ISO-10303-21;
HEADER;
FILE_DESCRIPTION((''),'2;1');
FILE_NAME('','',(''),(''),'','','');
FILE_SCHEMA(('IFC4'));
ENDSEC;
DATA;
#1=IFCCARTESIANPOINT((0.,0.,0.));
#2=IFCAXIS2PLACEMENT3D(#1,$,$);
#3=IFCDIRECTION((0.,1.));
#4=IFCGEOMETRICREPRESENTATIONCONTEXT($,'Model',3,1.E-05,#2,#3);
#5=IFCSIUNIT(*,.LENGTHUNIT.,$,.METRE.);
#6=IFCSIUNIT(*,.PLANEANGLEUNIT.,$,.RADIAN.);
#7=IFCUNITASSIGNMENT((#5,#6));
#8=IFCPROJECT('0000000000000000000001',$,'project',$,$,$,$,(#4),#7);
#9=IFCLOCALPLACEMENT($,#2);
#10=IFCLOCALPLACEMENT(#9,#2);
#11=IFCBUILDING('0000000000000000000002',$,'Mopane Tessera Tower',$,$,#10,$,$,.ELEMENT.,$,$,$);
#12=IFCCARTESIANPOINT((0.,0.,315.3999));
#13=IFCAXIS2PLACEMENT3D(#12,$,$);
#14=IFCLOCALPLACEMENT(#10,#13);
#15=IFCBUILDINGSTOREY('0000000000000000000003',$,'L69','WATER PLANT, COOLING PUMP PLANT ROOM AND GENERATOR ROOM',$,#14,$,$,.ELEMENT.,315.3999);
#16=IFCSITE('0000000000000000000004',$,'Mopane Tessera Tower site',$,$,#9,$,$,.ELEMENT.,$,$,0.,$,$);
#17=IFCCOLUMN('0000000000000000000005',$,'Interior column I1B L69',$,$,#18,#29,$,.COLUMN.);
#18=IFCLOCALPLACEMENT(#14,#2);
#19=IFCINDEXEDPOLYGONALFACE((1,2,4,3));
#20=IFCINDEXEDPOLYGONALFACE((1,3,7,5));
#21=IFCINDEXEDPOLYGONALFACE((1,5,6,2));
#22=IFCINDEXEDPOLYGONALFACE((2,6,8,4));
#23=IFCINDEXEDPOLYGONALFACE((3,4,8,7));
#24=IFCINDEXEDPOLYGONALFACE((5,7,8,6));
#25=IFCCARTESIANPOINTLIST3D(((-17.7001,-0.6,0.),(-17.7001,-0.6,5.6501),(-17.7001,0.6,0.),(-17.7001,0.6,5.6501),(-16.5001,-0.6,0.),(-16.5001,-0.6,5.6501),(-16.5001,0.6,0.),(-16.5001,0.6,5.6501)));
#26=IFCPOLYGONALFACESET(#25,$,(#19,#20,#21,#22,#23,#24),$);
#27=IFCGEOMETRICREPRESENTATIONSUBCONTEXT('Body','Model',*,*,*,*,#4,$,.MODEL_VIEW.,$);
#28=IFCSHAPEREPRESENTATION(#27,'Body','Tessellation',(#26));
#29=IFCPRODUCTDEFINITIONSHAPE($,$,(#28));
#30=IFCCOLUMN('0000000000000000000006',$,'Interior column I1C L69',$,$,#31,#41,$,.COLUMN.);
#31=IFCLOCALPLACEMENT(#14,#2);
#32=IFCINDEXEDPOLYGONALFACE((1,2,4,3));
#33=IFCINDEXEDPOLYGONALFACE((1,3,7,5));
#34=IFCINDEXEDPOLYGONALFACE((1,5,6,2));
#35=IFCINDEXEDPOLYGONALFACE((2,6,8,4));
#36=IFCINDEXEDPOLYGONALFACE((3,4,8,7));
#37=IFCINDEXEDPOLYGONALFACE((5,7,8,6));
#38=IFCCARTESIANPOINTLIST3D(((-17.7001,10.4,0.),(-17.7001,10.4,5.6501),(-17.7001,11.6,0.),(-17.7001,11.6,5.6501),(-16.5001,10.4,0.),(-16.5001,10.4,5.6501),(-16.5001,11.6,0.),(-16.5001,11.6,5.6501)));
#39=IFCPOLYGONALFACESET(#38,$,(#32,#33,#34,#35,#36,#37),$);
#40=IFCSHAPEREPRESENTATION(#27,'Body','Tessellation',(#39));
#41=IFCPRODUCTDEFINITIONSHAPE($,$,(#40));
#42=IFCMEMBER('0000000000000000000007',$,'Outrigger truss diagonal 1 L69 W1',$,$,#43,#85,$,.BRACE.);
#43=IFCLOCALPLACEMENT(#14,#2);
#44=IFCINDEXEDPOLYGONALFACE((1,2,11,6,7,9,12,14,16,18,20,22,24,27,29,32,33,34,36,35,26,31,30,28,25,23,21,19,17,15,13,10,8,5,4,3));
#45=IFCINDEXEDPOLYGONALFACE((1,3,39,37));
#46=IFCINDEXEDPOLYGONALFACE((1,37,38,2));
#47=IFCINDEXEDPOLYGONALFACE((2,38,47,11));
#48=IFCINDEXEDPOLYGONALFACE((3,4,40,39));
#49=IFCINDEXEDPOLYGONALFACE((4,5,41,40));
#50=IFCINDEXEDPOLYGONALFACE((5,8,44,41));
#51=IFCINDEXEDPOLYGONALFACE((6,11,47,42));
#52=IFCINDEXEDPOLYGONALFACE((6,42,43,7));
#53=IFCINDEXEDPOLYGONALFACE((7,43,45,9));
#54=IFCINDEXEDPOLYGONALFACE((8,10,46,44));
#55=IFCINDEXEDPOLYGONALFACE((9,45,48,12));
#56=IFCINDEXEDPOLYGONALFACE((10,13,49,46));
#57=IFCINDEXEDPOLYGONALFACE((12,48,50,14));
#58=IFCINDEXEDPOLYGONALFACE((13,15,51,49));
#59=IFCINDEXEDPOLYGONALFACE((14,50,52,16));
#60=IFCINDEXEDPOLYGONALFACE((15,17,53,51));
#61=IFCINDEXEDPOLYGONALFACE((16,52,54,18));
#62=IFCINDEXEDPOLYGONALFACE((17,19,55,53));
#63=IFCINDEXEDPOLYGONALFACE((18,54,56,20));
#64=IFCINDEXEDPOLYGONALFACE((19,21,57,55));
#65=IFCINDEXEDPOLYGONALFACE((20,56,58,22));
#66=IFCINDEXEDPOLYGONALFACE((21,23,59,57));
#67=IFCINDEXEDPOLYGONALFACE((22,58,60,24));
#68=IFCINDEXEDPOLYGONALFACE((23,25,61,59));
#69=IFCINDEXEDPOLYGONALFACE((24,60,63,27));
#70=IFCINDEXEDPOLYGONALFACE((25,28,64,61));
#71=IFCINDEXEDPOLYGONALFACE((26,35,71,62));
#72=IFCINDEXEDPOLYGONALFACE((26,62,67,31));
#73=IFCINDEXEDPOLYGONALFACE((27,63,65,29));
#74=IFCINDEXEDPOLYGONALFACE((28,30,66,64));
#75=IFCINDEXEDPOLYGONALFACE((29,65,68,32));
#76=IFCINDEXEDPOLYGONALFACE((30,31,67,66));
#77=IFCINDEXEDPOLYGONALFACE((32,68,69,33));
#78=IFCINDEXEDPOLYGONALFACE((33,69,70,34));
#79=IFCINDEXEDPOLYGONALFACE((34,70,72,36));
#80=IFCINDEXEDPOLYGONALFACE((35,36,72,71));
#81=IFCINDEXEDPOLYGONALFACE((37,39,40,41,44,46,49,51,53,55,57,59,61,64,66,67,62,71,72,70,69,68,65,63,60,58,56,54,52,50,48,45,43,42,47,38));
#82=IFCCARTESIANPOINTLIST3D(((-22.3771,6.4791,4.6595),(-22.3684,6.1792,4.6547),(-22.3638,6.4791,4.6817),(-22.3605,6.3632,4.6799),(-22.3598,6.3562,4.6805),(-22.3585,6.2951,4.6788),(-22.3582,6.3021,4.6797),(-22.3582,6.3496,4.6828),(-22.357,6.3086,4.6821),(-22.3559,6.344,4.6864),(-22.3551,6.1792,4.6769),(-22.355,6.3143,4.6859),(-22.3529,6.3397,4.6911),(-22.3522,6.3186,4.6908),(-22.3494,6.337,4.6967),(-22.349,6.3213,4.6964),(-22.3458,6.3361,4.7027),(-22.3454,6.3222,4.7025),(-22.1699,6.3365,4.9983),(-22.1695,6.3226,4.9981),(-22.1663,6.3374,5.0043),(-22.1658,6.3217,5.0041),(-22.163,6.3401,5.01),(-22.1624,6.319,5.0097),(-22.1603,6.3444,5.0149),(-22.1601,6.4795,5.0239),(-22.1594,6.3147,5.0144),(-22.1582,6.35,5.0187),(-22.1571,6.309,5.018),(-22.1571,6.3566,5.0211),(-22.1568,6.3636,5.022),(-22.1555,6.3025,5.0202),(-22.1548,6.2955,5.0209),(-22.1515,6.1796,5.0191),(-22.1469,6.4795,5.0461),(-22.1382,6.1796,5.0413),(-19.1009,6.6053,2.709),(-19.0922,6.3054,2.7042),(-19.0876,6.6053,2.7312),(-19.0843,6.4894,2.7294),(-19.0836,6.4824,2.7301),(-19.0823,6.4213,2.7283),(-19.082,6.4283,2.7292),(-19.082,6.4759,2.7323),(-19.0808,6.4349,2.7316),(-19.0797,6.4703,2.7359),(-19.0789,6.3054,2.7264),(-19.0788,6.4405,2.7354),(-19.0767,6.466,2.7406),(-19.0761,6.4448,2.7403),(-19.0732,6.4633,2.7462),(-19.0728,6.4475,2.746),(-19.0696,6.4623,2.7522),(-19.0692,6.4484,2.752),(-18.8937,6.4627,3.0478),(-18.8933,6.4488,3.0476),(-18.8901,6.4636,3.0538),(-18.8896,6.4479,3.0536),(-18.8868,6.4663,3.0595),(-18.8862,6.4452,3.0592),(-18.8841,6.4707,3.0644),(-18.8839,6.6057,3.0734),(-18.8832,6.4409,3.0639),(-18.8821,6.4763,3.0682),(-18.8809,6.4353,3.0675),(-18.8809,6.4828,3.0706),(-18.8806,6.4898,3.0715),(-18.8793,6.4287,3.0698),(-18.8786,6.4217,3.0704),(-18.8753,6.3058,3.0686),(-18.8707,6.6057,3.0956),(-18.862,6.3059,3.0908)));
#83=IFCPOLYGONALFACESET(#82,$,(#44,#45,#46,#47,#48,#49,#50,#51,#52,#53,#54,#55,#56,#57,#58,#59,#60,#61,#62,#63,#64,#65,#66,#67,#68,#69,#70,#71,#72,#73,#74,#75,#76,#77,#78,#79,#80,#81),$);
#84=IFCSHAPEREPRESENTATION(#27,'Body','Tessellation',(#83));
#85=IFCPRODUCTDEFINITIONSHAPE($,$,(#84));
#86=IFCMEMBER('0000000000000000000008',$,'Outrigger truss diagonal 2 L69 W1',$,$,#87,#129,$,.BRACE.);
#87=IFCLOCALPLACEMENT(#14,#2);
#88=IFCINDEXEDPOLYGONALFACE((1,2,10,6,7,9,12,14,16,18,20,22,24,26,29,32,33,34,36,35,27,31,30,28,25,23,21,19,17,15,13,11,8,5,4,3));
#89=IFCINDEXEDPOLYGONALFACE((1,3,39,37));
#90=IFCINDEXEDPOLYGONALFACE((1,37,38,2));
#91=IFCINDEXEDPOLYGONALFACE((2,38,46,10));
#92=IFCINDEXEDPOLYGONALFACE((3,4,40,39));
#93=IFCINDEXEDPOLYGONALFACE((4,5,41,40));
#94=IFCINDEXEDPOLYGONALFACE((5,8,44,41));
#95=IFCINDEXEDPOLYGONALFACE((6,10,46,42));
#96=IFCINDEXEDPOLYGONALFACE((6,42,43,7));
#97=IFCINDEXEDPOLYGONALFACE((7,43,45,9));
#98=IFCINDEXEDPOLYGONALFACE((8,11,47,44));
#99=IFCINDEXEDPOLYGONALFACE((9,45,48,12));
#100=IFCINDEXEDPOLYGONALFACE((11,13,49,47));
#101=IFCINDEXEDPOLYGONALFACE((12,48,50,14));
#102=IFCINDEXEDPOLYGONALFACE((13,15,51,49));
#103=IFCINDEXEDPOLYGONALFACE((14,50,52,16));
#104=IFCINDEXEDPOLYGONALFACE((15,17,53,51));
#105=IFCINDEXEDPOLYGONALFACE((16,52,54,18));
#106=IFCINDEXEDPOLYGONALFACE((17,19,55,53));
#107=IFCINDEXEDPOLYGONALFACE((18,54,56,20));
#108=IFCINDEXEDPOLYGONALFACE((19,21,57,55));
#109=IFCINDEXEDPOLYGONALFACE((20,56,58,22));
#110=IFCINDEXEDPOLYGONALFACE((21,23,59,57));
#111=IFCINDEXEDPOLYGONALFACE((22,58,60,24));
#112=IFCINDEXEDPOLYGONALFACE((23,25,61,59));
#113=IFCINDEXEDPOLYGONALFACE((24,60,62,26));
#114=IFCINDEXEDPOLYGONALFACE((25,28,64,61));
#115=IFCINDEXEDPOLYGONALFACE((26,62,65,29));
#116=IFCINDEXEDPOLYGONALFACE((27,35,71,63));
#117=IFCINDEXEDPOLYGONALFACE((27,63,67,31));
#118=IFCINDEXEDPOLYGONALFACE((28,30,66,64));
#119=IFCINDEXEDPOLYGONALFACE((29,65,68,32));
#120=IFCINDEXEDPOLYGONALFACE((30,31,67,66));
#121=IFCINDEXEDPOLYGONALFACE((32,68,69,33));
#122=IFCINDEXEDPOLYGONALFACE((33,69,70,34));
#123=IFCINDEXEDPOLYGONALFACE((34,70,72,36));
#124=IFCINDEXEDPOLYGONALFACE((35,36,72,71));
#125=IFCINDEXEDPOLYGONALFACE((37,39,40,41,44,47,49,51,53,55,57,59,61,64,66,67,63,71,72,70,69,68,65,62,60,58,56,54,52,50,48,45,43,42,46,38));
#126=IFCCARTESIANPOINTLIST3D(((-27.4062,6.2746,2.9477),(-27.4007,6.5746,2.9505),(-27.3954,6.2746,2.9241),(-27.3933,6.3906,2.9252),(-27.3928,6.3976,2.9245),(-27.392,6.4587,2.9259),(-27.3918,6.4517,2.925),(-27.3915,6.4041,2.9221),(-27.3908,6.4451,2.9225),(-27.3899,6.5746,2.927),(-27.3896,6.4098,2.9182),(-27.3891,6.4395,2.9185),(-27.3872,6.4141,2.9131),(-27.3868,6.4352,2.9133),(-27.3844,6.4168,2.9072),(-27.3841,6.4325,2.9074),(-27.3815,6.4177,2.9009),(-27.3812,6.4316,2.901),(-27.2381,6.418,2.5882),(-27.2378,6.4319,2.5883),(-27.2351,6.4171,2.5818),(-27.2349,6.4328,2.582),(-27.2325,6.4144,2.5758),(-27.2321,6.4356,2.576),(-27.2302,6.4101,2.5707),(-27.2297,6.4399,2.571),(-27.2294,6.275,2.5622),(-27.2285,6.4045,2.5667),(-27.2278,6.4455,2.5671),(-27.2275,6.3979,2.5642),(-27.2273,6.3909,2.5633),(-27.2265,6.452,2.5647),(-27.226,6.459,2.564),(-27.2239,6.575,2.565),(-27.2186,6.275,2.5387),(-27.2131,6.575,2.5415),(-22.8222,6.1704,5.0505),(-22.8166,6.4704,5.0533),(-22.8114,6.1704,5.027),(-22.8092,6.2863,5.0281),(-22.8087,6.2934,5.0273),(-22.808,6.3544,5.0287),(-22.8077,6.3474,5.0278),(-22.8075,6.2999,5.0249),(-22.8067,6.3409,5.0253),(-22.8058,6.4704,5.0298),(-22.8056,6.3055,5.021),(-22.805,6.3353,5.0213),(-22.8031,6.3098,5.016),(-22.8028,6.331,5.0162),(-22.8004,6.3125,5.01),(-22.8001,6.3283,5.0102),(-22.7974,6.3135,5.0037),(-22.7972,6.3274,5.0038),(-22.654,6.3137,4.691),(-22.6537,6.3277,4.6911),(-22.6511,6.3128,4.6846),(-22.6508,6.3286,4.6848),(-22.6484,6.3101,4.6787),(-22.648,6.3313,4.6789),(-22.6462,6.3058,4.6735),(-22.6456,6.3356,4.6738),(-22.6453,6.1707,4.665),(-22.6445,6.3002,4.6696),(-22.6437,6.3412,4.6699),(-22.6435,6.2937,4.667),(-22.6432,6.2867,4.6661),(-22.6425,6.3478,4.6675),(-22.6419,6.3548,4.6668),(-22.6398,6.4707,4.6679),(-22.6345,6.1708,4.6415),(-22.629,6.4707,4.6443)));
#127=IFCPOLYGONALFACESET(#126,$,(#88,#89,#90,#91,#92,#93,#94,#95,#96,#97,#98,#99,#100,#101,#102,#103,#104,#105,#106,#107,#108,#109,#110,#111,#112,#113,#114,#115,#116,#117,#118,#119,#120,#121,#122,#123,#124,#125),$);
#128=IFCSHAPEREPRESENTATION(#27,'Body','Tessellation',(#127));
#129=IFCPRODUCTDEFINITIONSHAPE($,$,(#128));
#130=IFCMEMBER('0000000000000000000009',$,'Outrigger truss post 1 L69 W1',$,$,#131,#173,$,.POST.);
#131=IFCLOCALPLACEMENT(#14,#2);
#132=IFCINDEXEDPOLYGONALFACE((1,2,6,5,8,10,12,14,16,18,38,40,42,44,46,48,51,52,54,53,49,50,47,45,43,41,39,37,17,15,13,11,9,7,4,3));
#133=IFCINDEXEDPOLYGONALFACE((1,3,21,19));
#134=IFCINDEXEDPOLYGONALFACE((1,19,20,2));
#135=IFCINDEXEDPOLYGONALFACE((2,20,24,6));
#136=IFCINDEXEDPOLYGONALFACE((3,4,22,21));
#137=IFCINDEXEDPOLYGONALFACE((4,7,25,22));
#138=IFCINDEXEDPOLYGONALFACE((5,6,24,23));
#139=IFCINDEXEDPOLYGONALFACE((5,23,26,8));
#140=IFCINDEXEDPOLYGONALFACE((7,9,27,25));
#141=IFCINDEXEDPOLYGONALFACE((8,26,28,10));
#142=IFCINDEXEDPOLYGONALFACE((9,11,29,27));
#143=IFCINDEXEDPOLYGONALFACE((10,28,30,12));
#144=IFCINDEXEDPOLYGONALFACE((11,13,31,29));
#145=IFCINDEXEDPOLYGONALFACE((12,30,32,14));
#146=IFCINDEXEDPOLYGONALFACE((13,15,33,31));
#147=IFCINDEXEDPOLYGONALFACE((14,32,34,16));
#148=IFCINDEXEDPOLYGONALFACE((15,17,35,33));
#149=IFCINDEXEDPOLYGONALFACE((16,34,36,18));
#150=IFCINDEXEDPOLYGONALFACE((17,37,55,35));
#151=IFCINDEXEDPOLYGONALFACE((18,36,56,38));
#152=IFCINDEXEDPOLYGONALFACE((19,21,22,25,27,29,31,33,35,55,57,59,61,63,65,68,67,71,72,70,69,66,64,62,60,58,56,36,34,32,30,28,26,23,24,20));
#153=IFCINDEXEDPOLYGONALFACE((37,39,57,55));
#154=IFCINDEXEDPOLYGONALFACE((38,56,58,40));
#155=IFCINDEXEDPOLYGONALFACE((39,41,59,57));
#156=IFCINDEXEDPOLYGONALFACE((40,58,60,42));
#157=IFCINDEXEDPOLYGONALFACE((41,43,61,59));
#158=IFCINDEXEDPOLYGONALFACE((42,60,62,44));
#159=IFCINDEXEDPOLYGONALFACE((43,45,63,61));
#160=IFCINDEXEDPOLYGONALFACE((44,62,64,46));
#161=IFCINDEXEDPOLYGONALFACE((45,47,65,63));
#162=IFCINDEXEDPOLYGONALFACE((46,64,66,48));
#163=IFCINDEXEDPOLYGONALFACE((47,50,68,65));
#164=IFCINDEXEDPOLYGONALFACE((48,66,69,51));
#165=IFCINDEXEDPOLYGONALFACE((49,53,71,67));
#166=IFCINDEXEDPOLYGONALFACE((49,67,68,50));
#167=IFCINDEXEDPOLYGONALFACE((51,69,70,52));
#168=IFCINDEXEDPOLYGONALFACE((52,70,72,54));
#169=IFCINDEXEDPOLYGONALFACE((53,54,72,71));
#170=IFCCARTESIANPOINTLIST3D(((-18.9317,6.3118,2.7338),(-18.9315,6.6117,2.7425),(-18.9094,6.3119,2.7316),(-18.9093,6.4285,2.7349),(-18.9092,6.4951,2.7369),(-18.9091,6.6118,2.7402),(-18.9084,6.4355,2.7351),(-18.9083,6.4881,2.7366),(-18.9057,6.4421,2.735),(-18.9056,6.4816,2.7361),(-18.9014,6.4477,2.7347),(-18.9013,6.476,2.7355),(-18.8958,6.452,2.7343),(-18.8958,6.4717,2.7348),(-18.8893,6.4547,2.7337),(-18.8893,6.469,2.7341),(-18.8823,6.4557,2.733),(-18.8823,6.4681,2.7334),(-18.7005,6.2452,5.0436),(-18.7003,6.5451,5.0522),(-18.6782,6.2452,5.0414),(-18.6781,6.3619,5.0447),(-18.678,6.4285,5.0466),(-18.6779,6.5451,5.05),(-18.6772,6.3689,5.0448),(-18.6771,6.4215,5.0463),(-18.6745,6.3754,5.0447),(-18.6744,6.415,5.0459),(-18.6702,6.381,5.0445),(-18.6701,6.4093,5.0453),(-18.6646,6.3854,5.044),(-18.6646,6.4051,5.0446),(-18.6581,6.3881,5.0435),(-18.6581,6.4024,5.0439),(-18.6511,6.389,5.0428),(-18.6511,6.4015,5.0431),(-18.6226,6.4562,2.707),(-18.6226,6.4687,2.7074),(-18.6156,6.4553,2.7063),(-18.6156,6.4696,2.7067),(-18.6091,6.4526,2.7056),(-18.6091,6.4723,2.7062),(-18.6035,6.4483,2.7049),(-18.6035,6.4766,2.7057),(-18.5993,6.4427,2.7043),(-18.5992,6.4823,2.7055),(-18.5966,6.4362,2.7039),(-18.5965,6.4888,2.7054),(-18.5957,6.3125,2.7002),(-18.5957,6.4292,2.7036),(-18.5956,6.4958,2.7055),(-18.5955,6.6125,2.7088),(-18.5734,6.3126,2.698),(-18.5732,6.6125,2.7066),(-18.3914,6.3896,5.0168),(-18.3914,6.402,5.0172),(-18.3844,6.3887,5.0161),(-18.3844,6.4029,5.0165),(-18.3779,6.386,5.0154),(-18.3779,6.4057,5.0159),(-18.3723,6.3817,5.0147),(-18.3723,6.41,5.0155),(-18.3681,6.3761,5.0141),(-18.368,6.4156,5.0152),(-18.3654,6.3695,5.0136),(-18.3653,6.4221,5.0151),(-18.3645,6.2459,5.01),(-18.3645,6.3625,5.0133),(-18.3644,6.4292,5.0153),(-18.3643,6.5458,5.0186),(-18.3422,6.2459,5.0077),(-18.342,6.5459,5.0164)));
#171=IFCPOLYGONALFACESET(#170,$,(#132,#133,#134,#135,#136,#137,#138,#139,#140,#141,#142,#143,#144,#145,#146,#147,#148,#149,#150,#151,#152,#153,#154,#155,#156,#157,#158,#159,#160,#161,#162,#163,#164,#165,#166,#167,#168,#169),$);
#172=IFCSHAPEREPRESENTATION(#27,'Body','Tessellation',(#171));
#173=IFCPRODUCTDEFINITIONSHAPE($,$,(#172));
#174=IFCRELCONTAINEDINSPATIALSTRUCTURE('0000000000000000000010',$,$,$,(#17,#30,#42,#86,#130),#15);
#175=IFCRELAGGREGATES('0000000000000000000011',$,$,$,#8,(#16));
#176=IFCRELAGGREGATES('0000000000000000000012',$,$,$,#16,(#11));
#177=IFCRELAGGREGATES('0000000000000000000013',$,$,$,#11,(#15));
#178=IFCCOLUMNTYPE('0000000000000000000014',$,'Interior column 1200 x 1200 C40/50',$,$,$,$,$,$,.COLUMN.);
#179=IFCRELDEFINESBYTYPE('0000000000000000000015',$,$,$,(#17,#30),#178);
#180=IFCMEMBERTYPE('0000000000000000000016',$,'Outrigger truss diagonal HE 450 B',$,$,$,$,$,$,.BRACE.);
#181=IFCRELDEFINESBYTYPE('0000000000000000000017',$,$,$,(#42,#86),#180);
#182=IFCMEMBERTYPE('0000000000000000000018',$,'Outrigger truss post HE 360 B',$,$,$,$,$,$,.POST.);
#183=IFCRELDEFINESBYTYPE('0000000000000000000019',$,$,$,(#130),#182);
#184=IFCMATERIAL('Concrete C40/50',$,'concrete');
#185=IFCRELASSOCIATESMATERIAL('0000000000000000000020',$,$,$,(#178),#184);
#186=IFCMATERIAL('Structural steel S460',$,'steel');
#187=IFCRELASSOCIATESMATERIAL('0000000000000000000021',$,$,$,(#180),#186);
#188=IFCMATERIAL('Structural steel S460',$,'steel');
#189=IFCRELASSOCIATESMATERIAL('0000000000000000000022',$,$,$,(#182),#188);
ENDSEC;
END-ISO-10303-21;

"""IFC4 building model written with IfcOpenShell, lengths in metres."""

from ifc_helpers import new_model, si_unit, direction, frame, origin, origin_2d, place, context, subcontext, project, spatial, rectangle, i_section, extrude, material, material_profile, profile_set, type_object, element, save


model = new_model("IFC4")

# Units and contexts
model_context = context("Model", 3, precision=1e-05, world=origin(), true_north=direction((0.0, 1.0)))
body_context = subcontext(model_context, "Body", "Model", "MODEL_VIEW")
ifc_project = project(units=[si_unit("LENGTHUNIT", "METRE"), si_unit("PLANEANGLEUNIT", "RADIAN")], contexts=[model_context])

# Site, building, storey
site_placement = place(None, origin())
site = spatial("IfcSite", under=ifc_project, at=site_placement, Name="Mopane Tessera Tower site", CompositionType="ELEMENT", RefElevation=0.0)
building_placement = place(site_placement, origin())
building = spatial("IfcBuilding", under=site, at=building_placement, Name="Mopane Tessera Tower", CompositionType="ELEMENT")
storey_placement = place(building_placement, frame((0.0, 0.0, 315.3999)))
storey = spatial("IfcBuildingStorey", under=building, at=storey_placement, Name="L69", Description="WATER PLANT, COOLING PUMP PLANT ROOM AND GENERATOR ROOM", CompositionType="ELEMENT", Elevation=315.3999)

# Columns
ifc_material_1 = material(Name="Concrete C40/50", Category="concrete")
ifc_material_profile_1 = material_profile(ifc_material_1, rectangle(XDim=1.2, YDim=1.2, at=origin_2d()))
ifc_profile_set_1 = profile_set([ifc_material_profile_1], Name="Concrete C40/50")
column_type = type_object("IfcColumnType", Name="Interior column 1200 x 1200 C40/50", PredefinedType="COLUMN", material=ifc_profile_set_1)
for number, where, z_axis, x_axis, name in (
    (1, (-17.1001, 0.0, 0.0), (0.0, 0.0, 1.0), (1.0, 0.0, 0.0), "Interior column I1B L69"),
    (2, (-17.1001, 11.0, 0.0), (0.0, 0.0, 1.0), (1.0, 0.0, 0.0), "Interior column I1C L69"),
):
    element("IfcColumn", number, at=place(storey_placement, frame(where, z_axis=z_axis, x_axis=x_axis)), inside=storey, type_object=column_type, Name=name, PredefinedType="COLUMN", context=body_context, shape_type="SweptSolid", body=[
        extrude(rectangle(XDim=1.2, YDim=1.2, at=origin_2d()), origin(), (0.0, 0.0, 1.0), 5.6501),
    ])

# Members
ifc_material_2 = material(Name="Structural steel S460", Category="steel")
ifc_material_profile_2 = material_profile(ifc_material_2, i_section(OverallWidth=0.3, OverallDepth=0.45, WebThickness=0.0139, FlangeThickness=0.0259, FilletRadius=0.0271, at=origin_2d()))
ifc_profile_set_2 = profile_set([ifc_material_profile_2], Name="Structural steel S460")
member_type_1 = type_object("IfcMemberType", Name="Outrigger truss diagonal HE 450 B", PredefinedType="BRACE", material=ifc_profile_set_2)
member_1_placement = place(storey_placement, frame((-18.9814, 6.4556, 2.8999), z_axis=(-0.85878, -0.033087, 0.511275), x_axis=(0.028961, -0.999452, -0.016032)))
element("IfcMember", 3, at=member_1_placement, inside=storey, type_object=member_type_1, Name="Outrigger truss diagonal 1 L69 W1", PredefinedType="BRACE", context=body_context, shape_type="SweptSolid", body=[
    extrude(i_section(OverallWidth=0.3, OverallDepth=0.45, WebThickness=0.0139, FlangeThickness=0.0259, FilletRadius=0.0271, at=origin_2d()), origin(), (0.0, 0.0, 1.0), 3.8149),
])
member_2_placement = place(storey_placement, frame((-22.7256, 6.3206, 4.8474), z_axis=(-0.908736, 0.020666, -0.416859), x_axis=(-0.01843, -0.999786, -0.009389)))
element("IfcMember", 4, at=member_2_placement, inside=storey, type_object=member_type_1, Name="Outrigger truss diagonal 2 L69 W1", PredefinedType="BRACE", context=body_context, shape_type="SweptSolid", body=[
    extrude(i_section(OverallWidth=0.3, OverallDepth=0.45, WebThickness=0.0139, FlangeThickness=0.0259, FilletRadius=0.0271, at=origin_2d()), origin(), (0.0, 0.0, 1.0), 5.0444),
])
ifc_material_3 = material(Name="Structural steel S460", Category="steel")
ifc_material_profile_3 = material_profile(ifc_material_3, i_section(OverallWidth=0.3, OverallDepth=0.3601, WebThickness=0.0125, FlangeThickness=0.0225, FilletRadius=0.0271, at=origin_2d()))
ifc_profile_set_3 = profile_set([ifc_material_profile_3], Name="Structural steel S460")
member_type_2 = type_object("IfcMemberType", Name="Outrigger truss post HE 360 B", PredefinedType="POST", material=ifc_profile_set_3)
member_3_placement = place(storey_placement, frame((-18.7524, 6.4622, 2.7202), z_axis=(0.099556, -0.0287, 0.994618), x_axis=(-0.00075, -0.999586, -0.028768)))
element("IfcMember", 5, at=member_3_placement, inside=storey, type_object=member_type_2, Name="Outrigger truss post 1 L69 W1", PredefinedType="POST", context=body_context, shape_type="SweptSolid", body=[
    extrude(i_section(OverallWidth=0.3, OverallDepth=0.3601, WebThickness=0.0125, FlangeThickness=0.0225, FilletRadius=0.0271, at=origin_2d()), origin(), (0.0, 0.0, 1.0), 2.3223),
])

save(model, "model.ifc")
